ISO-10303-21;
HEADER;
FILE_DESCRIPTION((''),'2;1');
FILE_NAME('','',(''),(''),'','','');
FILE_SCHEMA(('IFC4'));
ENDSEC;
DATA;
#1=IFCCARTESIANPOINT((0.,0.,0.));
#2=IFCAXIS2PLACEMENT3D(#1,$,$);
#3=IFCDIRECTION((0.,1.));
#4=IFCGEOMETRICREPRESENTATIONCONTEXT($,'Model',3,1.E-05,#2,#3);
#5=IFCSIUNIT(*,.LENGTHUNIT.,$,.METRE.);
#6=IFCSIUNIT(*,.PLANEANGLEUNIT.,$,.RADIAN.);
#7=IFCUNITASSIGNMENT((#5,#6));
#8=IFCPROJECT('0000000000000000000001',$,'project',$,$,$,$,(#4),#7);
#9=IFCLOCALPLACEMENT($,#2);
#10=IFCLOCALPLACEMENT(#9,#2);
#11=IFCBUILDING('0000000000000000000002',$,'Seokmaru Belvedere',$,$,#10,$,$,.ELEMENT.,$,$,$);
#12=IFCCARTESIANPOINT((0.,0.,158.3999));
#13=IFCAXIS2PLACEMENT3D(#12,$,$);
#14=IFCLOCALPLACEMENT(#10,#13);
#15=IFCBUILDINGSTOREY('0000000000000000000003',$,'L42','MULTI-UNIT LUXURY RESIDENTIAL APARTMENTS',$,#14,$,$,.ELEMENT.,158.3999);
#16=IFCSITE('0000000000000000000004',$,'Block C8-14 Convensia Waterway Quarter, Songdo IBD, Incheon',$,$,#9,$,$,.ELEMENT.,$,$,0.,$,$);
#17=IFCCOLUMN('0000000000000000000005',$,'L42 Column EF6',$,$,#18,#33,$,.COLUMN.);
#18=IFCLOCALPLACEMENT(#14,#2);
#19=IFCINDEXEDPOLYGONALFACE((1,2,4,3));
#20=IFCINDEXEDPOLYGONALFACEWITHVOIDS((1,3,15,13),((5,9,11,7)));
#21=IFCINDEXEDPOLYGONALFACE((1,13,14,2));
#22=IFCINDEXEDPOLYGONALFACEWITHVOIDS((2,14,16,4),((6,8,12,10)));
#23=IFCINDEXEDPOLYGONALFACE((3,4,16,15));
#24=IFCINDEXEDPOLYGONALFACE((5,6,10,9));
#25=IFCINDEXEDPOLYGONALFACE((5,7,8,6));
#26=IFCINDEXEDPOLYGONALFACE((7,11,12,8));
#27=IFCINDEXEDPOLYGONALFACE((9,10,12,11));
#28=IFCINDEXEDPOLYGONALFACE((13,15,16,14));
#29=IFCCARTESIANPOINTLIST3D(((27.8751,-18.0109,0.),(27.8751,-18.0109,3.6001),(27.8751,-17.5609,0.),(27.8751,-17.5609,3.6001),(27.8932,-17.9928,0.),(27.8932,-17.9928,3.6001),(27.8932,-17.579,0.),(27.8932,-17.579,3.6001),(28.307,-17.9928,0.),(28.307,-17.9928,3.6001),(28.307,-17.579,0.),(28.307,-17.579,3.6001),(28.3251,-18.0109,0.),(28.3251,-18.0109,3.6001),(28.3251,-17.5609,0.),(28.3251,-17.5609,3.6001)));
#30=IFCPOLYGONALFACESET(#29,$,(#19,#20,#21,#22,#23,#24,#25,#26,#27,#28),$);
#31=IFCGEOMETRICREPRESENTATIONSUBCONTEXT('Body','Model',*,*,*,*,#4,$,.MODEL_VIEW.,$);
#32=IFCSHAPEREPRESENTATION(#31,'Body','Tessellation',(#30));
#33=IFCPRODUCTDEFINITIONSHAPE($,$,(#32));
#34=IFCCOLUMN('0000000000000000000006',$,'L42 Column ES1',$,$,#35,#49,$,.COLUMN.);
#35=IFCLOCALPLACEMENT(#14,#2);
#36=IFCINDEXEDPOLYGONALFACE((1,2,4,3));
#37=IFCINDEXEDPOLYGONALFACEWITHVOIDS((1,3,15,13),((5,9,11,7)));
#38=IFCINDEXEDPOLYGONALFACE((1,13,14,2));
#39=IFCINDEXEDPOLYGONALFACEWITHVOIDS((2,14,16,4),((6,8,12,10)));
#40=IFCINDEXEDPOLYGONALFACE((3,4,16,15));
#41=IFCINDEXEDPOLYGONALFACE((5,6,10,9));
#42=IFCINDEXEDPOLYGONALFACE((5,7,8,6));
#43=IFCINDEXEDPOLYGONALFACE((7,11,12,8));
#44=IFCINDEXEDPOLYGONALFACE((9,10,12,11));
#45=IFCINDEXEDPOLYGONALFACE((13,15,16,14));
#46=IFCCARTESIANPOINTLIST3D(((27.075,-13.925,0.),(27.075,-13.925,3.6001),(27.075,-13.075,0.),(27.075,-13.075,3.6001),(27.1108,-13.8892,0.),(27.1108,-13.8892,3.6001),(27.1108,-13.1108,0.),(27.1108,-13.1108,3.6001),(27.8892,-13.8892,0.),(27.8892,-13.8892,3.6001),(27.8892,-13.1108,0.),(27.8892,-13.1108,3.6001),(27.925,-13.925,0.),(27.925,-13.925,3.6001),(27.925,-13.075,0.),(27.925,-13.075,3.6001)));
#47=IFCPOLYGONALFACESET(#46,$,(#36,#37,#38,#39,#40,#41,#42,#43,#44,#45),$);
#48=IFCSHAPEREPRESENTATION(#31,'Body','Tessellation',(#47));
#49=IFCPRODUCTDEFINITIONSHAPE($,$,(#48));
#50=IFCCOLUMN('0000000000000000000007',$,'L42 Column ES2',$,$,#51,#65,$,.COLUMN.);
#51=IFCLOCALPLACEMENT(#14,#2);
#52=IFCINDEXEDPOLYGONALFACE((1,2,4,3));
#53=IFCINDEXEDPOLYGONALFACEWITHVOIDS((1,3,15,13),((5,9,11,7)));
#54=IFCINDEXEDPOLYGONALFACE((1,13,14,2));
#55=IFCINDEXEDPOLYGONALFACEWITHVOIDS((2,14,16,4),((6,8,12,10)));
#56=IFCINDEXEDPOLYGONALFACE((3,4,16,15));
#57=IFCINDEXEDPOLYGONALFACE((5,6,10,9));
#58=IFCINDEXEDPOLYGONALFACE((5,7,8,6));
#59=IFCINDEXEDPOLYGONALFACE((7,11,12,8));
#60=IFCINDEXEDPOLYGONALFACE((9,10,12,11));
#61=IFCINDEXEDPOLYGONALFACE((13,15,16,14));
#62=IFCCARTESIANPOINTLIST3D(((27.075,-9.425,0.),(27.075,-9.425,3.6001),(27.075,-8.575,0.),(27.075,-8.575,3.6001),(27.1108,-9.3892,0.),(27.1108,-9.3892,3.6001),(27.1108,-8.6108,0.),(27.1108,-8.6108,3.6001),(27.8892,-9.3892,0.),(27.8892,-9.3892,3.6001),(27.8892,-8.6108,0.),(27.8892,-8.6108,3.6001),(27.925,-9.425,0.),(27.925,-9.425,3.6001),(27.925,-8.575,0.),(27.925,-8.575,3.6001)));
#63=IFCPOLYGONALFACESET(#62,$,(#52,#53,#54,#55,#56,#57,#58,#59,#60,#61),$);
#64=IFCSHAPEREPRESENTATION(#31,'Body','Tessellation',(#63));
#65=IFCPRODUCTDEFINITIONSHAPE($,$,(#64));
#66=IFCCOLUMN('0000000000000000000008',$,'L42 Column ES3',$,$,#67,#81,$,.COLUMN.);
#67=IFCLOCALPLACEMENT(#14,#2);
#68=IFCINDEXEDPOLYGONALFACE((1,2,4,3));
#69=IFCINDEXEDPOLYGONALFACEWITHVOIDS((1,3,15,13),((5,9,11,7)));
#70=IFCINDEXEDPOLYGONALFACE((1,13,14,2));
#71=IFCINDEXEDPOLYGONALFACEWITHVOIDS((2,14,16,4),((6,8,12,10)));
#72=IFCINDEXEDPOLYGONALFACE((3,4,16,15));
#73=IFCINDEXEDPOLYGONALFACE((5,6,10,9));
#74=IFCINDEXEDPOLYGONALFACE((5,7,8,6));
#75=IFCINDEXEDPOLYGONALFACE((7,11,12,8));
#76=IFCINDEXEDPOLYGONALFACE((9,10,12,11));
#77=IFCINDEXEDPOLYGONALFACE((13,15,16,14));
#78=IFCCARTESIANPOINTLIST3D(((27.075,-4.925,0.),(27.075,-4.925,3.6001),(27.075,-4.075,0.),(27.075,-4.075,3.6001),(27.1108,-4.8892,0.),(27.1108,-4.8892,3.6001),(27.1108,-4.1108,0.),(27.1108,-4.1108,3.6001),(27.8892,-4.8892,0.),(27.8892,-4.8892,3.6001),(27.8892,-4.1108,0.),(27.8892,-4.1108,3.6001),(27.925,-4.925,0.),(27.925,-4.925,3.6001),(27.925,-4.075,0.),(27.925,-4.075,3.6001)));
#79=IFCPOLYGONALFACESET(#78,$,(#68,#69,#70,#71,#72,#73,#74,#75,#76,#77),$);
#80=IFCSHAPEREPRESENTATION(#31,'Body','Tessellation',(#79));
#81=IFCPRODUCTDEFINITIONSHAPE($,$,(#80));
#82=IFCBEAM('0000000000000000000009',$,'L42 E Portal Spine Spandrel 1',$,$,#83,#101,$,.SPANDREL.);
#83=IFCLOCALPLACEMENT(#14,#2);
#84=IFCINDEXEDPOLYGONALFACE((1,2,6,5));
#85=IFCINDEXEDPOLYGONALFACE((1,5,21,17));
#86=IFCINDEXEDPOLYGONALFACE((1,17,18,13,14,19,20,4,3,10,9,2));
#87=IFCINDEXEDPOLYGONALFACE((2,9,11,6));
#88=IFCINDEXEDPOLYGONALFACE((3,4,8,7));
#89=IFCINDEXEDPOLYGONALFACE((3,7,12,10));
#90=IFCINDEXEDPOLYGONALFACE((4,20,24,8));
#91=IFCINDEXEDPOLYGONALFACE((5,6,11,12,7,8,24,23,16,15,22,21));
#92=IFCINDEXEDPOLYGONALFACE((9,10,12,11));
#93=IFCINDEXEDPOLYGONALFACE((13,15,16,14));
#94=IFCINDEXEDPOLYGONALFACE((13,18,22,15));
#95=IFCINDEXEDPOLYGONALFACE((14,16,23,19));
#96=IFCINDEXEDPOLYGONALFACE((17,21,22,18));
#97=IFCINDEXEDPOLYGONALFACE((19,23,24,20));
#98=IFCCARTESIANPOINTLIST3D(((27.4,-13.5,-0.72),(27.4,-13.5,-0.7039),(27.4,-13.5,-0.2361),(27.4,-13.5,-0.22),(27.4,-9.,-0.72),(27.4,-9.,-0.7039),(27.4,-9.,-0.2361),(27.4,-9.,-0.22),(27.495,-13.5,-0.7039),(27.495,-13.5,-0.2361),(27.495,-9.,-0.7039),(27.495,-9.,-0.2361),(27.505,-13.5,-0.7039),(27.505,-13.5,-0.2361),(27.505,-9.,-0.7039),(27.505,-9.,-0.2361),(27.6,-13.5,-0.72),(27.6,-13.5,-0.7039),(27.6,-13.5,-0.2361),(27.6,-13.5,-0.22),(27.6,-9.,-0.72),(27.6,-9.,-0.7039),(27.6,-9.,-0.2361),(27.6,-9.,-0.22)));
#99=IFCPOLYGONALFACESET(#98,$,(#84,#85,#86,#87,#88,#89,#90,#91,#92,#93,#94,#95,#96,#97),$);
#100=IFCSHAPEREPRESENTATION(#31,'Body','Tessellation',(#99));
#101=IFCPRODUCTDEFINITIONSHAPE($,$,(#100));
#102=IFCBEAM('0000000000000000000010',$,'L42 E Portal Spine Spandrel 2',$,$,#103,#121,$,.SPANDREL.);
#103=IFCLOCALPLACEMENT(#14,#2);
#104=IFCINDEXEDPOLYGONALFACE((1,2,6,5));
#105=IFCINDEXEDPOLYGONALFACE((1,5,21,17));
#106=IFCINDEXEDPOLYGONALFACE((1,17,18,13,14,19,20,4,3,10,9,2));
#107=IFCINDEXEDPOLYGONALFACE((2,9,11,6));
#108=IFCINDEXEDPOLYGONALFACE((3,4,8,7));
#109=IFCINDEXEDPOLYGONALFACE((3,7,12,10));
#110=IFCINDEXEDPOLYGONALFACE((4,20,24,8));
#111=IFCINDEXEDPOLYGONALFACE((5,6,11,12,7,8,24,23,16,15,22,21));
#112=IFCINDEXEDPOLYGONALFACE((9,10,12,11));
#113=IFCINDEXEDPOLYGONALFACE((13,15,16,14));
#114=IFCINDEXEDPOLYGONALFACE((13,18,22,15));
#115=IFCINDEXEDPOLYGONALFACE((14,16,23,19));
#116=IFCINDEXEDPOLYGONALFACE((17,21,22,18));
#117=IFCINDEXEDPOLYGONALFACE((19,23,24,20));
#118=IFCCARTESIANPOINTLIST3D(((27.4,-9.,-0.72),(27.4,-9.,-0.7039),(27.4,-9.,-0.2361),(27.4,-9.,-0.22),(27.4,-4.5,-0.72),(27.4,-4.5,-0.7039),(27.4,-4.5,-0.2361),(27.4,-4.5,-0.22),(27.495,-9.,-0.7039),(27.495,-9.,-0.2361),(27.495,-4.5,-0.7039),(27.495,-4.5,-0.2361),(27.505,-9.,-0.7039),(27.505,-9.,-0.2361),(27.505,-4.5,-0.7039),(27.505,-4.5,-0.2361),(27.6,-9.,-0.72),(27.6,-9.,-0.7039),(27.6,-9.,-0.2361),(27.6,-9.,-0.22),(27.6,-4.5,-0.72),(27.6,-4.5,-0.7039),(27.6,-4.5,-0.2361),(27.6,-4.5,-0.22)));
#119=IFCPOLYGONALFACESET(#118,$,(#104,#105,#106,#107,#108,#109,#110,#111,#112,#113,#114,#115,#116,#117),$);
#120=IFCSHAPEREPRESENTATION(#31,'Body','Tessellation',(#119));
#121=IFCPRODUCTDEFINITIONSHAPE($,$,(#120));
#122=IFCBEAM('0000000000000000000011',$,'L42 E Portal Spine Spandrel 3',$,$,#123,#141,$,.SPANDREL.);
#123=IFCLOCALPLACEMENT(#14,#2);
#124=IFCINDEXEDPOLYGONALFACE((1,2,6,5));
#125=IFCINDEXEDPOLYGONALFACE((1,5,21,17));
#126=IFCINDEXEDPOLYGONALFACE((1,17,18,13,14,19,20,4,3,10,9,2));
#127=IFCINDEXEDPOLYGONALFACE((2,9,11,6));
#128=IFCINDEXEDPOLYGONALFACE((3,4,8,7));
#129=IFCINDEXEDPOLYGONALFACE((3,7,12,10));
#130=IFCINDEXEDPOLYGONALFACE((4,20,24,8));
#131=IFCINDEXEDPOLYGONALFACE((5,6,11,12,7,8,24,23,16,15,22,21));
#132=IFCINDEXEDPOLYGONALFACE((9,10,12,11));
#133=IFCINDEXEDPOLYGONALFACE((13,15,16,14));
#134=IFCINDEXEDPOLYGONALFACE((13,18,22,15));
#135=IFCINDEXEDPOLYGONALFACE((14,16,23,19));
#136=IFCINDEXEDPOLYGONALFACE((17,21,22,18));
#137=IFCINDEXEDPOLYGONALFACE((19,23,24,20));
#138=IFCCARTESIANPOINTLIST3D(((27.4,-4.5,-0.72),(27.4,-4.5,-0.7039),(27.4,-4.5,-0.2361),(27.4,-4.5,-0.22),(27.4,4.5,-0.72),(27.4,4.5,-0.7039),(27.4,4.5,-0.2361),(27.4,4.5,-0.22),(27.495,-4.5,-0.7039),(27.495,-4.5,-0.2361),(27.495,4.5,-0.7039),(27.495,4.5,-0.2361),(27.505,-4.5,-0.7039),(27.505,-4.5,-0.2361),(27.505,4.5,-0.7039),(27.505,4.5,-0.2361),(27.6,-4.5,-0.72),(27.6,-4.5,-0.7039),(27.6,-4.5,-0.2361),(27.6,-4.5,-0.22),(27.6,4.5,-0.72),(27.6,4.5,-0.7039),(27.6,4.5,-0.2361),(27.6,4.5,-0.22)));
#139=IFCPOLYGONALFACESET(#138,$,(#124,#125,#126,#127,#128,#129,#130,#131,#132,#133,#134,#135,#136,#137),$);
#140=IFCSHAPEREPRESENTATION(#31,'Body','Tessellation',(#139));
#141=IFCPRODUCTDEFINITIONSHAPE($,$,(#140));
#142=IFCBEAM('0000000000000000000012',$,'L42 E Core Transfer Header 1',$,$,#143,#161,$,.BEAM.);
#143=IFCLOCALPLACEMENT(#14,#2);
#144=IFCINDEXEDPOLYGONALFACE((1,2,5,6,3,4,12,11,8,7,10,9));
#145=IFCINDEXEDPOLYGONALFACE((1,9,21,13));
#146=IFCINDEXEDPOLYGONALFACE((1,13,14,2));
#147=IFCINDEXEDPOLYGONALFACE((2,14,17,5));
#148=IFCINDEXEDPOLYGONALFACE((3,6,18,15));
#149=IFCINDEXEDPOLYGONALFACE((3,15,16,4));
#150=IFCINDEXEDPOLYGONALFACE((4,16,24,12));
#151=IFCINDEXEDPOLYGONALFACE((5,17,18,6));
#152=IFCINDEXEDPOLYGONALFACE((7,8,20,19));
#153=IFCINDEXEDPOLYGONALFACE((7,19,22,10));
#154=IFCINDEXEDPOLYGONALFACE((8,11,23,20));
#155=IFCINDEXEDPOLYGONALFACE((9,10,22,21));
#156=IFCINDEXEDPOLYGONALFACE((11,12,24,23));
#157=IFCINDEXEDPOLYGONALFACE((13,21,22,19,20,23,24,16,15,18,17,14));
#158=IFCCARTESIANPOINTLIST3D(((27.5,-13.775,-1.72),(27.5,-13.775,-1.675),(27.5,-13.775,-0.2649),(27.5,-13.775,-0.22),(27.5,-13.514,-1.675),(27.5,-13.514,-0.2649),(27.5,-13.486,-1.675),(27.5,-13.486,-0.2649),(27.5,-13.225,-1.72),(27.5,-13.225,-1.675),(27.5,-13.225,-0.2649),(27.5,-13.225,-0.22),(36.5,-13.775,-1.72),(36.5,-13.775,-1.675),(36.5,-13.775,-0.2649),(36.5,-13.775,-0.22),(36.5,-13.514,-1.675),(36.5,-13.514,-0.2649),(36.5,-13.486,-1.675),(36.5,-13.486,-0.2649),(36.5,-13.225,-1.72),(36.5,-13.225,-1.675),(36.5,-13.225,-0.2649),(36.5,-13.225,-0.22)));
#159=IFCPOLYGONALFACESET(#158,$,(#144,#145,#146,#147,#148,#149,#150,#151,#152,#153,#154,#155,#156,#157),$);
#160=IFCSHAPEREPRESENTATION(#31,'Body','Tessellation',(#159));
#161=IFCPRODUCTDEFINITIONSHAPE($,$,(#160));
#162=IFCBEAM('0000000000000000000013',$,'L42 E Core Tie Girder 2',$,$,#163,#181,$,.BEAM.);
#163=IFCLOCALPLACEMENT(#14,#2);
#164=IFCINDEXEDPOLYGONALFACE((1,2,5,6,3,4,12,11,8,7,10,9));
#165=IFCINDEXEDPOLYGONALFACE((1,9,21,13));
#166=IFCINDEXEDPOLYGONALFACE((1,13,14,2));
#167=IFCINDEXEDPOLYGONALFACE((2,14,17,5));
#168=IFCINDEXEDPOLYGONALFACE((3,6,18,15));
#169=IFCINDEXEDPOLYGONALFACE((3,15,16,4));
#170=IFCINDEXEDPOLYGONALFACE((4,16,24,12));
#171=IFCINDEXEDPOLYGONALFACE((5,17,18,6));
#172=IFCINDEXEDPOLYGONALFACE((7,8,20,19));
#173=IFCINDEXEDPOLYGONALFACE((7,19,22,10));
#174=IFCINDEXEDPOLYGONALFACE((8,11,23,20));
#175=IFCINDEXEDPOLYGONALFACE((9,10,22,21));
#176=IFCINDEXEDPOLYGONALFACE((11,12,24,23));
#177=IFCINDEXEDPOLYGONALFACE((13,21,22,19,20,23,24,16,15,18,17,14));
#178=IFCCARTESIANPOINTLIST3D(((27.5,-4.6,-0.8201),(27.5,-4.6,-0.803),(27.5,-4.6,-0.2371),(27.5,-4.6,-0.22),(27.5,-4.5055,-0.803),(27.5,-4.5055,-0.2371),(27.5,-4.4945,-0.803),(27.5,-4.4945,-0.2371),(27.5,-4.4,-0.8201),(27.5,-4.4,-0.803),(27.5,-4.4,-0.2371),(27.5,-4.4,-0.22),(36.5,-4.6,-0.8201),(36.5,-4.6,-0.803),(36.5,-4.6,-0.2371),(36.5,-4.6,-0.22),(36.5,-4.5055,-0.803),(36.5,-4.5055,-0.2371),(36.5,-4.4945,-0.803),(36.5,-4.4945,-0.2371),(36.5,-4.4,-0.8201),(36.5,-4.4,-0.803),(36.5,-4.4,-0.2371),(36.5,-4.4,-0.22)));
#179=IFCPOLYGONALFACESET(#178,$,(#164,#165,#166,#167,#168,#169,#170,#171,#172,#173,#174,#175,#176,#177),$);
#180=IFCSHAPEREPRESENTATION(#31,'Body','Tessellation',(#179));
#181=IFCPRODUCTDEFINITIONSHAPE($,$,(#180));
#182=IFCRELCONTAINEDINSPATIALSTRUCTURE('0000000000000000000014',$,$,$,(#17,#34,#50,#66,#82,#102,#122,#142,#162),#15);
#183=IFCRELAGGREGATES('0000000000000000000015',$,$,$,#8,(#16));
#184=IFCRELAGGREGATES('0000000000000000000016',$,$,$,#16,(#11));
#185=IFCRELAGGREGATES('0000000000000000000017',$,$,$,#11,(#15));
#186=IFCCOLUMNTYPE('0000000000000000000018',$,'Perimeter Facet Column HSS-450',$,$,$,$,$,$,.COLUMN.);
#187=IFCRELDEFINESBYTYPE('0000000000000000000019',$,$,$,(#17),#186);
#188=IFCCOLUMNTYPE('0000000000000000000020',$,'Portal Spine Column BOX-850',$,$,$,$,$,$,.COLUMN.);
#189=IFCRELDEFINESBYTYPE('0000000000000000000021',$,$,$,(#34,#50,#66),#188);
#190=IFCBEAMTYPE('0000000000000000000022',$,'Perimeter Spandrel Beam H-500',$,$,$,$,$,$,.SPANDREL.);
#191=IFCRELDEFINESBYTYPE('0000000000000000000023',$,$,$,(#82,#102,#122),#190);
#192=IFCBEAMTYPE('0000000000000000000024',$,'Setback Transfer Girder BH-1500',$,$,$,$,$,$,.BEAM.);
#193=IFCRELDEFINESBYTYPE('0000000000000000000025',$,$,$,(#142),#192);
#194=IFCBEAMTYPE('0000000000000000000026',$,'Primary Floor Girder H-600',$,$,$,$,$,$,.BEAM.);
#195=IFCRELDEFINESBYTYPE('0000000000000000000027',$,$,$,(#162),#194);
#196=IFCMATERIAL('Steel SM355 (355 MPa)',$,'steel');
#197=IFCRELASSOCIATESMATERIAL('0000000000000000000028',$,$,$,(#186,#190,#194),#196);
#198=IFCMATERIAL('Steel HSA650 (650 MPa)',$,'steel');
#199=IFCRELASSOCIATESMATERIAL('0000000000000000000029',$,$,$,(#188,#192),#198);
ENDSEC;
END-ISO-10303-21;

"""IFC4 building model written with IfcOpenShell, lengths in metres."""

from ifc_helpers import new_model, si_unit, direction, frame, origin, origin_2d, place, context, subcontext, project, spatial, hollow_rectangle, i_section, extrude, source, transform, mapped, material, material_profile, profile_set, type_object, type_shapes, element, save


model = new_model("IFC4")

# Units and contexts
model_context = context("Model", 3, precision=1e-05, world=origin(), true_north=direction((0.0, 1.0)))
body_context = subcontext(model_context, "Body", "Model", "MODEL_VIEW")
ifc_project = project(units=[si_unit("LENGTHUNIT", "METRE"), si_unit("PLANEANGLEUNIT", "RADIAN")], contexts=[model_context])

# Site, building, storey
site_placement = place(None, origin())
site = spatial("IfcSite", under=ifc_project, at=site_placement, Name="Block C8-14 Convensia Waterway Quarter, Songdo IBD, Incheon", CompositionType="ELEMENT", RefElevation=0.0)
building_placement = place(site_placement, origin())
building = spatial("IfcBuilding", under=site, at=building_placement, Name="Seokmaru Belvedere", CompositionType="ELEMENT")
storey_placement = place(building_placement, frame((0.0, 0.0, 158.3999)))
storey = spatial("IfcBuildingStorey", under=building, at=storey_placement, Name="L42", Description="MULTI-UNIT LUXURY RESIDENTIAL APARTMENTS", CompositionType="ELEMENT", Elevation=158.3999)

# Columns
ifc_material_1 = material(Name="Steel SM355 (355 MPa)", Category="steel")
ifc_material_profile_1 = material_profile(ifc_material_1, hollow_rectangle(XDim=0.45, YDim=0.45, WallThickness=0.0181, at=origin_2d()), Name="HSS-450x450x18")
ifc_profile_set_1 = profile_set([ifc_material_profile_1], Name="Steel SM355 (355 MPa)")
column_type_1 = type_object("IfcColumnType", Name="Perimeter Facet Column HSS-450", PredefinedType="COLUMN", material=ifc_profile_set_1)
shared_shape_1 = source(origin(), body_context, "Body", "SweptSolid", [
    extrude(hollow_rectangle(XDim=0.45, YDim=0.45, WallThickness=0.0181, at=origin_2d()), origin(), (0.0, 0.0, 1.0), 3.6001),
])
type_shapes(column_type_1, [shared_shape_1])
column_placement = place(storey_placement, frame((28.1001, -17.7859, 0.0), z_axis=(0.0, 0.0, 1.0), x_axis=(1.0, 0.0, 0.0)))
element("IfcColumn", 1, at=column_placement, inside=storey, type_object=column_type_1, Name="L42 Column EF6", PredefinedType="COLUMN", context=body_context, shape_type="MappedRepresentation", body=[
    mapped(shared_shape_1, transform((0.0, 0.0, 0.0), scale=1.0)),
])
ifc_material_2 = material(Name="Steel HSA650 (650 MPa)", Category="steel")
ifc_material_profile_2 = material_profile(ifc_material_2, hollow_rectangle(XDim=0.8501, YDim=0.8501, WallThickness=0.0359, at=origin_2d()), Name="BOX-850x850x36")
ifc_profile_set_2 = profile_set([ifc_material_profile_2], Name="Steel HSA650 (650 MPa)")
column_type_2 = type_object("IfcColumnType", Name="Portal Spine Column BOX-850", PredefinedType="COLUMN", material=ifc_profile_set_2)
shared_shape_2 = source(origin(), body_context, "Body", "SweptSolid", [
    extrude(hollow_rectangle(XDim=0.8501, YDim=0.8501, WallThickness=0.0359, at=origin_2d()), origin(), (0.0, 0.0, 1.0), 3.6001),
])
type_shapes(column_type_2, [shared_shape_2])
for number, where, z_axis, x_axis, name in (
    (2, (27.5, -13.5, 0.0), (0.0, 0.0, 1.0), (1.0, 0.0, 0.0), "L42 Column ES1"),
    (3, (27.5, -9.0, 0.0), (0.0, 0.0, 1.0), (1.0, 0.0, 0.0), "L42 Column ES2"),
    (4, (27.5, -4.5, 0.0), (0.0, 0.0, 1.0), (1.0, 0.0, 0.0), "L42 Column ES3"),
):
    element("IfcColumn", number, at=place(storey_placement, frame(where, z_axis=z_axis, x_axis=x_axis)), inside=storey, type_object=column_type_2, Name=name, PredefinedType="COLUMN", context=body_context, shape_type="MappedRepresentation", body=[
        mapped(shared_shape_2, transform((0.0, 0.0, 0.0), scale=1.0)),
    ])

# Beams
ifc_material_profile_3 = material_profile(ifc_material_1, i_section(OverallWidth=0.2, OverallDepth=0.5, WebThickness=0.01, FlangeThickness=0.0161, at=origin_2d()), Name="H-500x200x10x16")
ifc_profile_set_3 = profile_set([ifc_material_profile_3], Name="Steel SM355 (355 MPa)")
beam_type_1 = type_object("IfcBeamType", Name="Perimeter Spandrel Beam H-500", PredefinedType="SPANDREL", material=ifc_profile_set_3)
shared_shape_3 = source(origin(), body_context, "Body", "SweptSolid", [
    extrude(i_section(OverallWidth=0.2, OverallDepth=0.5, WebThickness=0.01, FlangeThickness=0.0161, at=origin_2d()), origin(), (0.0, 0.0, 1.0), 4.5),
])
for number, where, z_axis, x_axis, name in (
    (5, (27.5, -13.5, -0.47), (0.0, 1.0, 0.0), (-1.0, 0.0, 0.0), "L42 E Portal Spine Spandrel 1"),
    (6, (27.5, -9.0, -0.47), (0.0, 1.0, 0.0), (-1.0, 0.0, 0.0), "L42 E Portal Spine Spandrel 2"),
):
    element("IfcBeam", number, at=place(storey_placement, frame(where, z_axis=z_axis, x_axis=x_axis)), inside=storey, type_object=beam_type_1, Name=name, PredefinedType="SPANDREL", context=body_context, shape_type="MappedRepresentation", body=[
        mapped(shared_shape_3, transform((0.0, 0.0, 0.0), scale=1.0)),
    ])
shared_shape_4 = source(origin(), body_context, "Body", "SweptSolid", [
    extrude(i_section(OverallWidth=0.2, OverallDepth=0.5, WebThickness=0.01, FlangeThickness=0.0161, at=origin_2d()), origin(), (0.0, 0.0, 1.0), 9.0),
])
type_shapes(beam_type_1, [shared_shape_3, shared_shape_4])
beam_1_placement = place(storey_placement, frame((27.5, -4.5, -0.47), z_axis=(0.0, 1.0, 0.0), x_axis=(-1.0, 0.0, 0.0)))
element("IfcBeam", 7, at=beam_1_placement, inside=storey, type_object=beam_type_1, Name="L42 E Portal Spine Spandrel 3", PredefinedType="SPANDREL", context=body_context, shape_type="MappedRepresentation", body=[
    mapped(shared_shape_4, transform((0.0, 0.0, 0.0), scale=1.0)),
])
ifc_material_profile_4 = material_profile(ifc_material_2, i_section(OverallWidth=0.55, OverallDepth=1.5, WebThickness=0.0281, FlangeThickness=0.0449, at=origin_2d()), Name="BH-1500x550x28x45")
ifc_profile_set_4 = profile_set([ifc_material_profile_4], Name="Steel HSA650 (650 MPa)")
beam_type_2 = type_object("IfcBeamType", Name="Setback Transfer Girder BH-1500", PredefinedType="BEAM", material=ifc_profile_set_4)
shared_shape_5 = source(origin(), body_context, "Body", "SweptSolid", [
    extrude(i_section(OverallWidth=0.55, OverallDepth=1.5, WebThickness=0.0281, FlangeThickness=0.0449, at=origin_2d()), origin(), (0.0, 0.0, 1.0), 9.0),
])
beam_2_placement = place(storey_placement, frame((27.5, -13.5, -0.97), z_axis=(1.0, 0.0, 0.0), x_axis=(0.0, 1.0, 0.0)))
element("IfcBeam", 8, at=beam_2_placement, inside=storey, type_object=beam_type_2, Name="L42 E Core Transfer Header 1", PredefinedType="BEAM", context=body_context, shape_type="MappedRepresentation", body=[
    mapped(shared_shape_5, transform((0.0, 0.0, 0.0), scale=1.0)),
])
ifc_material_profile_5 = material_profile(ifc_material_1, i_section(OverallWidth=0.2, OverallDepth=0.6001, WebThickness=0.011, FlangeThickness=0.0171, at=origin_2d()), Name="H-600x200x11x17")
ifc_profile_set_5 = profile_set([ifc_material_profile_5], Name="Steel SM355 (355 MPa)")
beam_type_3 = type_object("IfcBeamType", Name="Primary Floor Girder H-600", PredefinedType="BEAM", material=ifc_profile_set_5)
shared_shape_6 = source(origin(), body_context, "Body", "SweptSolid", [
    extrude(i_section(OverallWidth=0.2, OverallDepth=0.6001, WebThickness=0.011, FlangeThickness=0.0171, at=origin_2d()), origin(), (0.0, 0.0, 1.0), 9.0),
])
type_shapes(beam_type_3, [shared_shape_6])
beam_3_placement = place(storey_placement, frame((27.5, -4.5, -0.52), z_axis=(1.0, 0.0, 0.0), x_axis=(0.0, 1.0, 0.0)))
element("IfcBeam", 9, at=beam_3_placement, inside=storey, type_object=beam_type_3, Name="L42 E Core Tie Girder 2", PredefinedType="BEAM", context=body_context, shape_type="MappedRepresentation", body=[
    mapped(shared_shape_6, transform((0.0, 0.0, 0.0), scale=1.0)),
])

save(model, "model.ifc")
